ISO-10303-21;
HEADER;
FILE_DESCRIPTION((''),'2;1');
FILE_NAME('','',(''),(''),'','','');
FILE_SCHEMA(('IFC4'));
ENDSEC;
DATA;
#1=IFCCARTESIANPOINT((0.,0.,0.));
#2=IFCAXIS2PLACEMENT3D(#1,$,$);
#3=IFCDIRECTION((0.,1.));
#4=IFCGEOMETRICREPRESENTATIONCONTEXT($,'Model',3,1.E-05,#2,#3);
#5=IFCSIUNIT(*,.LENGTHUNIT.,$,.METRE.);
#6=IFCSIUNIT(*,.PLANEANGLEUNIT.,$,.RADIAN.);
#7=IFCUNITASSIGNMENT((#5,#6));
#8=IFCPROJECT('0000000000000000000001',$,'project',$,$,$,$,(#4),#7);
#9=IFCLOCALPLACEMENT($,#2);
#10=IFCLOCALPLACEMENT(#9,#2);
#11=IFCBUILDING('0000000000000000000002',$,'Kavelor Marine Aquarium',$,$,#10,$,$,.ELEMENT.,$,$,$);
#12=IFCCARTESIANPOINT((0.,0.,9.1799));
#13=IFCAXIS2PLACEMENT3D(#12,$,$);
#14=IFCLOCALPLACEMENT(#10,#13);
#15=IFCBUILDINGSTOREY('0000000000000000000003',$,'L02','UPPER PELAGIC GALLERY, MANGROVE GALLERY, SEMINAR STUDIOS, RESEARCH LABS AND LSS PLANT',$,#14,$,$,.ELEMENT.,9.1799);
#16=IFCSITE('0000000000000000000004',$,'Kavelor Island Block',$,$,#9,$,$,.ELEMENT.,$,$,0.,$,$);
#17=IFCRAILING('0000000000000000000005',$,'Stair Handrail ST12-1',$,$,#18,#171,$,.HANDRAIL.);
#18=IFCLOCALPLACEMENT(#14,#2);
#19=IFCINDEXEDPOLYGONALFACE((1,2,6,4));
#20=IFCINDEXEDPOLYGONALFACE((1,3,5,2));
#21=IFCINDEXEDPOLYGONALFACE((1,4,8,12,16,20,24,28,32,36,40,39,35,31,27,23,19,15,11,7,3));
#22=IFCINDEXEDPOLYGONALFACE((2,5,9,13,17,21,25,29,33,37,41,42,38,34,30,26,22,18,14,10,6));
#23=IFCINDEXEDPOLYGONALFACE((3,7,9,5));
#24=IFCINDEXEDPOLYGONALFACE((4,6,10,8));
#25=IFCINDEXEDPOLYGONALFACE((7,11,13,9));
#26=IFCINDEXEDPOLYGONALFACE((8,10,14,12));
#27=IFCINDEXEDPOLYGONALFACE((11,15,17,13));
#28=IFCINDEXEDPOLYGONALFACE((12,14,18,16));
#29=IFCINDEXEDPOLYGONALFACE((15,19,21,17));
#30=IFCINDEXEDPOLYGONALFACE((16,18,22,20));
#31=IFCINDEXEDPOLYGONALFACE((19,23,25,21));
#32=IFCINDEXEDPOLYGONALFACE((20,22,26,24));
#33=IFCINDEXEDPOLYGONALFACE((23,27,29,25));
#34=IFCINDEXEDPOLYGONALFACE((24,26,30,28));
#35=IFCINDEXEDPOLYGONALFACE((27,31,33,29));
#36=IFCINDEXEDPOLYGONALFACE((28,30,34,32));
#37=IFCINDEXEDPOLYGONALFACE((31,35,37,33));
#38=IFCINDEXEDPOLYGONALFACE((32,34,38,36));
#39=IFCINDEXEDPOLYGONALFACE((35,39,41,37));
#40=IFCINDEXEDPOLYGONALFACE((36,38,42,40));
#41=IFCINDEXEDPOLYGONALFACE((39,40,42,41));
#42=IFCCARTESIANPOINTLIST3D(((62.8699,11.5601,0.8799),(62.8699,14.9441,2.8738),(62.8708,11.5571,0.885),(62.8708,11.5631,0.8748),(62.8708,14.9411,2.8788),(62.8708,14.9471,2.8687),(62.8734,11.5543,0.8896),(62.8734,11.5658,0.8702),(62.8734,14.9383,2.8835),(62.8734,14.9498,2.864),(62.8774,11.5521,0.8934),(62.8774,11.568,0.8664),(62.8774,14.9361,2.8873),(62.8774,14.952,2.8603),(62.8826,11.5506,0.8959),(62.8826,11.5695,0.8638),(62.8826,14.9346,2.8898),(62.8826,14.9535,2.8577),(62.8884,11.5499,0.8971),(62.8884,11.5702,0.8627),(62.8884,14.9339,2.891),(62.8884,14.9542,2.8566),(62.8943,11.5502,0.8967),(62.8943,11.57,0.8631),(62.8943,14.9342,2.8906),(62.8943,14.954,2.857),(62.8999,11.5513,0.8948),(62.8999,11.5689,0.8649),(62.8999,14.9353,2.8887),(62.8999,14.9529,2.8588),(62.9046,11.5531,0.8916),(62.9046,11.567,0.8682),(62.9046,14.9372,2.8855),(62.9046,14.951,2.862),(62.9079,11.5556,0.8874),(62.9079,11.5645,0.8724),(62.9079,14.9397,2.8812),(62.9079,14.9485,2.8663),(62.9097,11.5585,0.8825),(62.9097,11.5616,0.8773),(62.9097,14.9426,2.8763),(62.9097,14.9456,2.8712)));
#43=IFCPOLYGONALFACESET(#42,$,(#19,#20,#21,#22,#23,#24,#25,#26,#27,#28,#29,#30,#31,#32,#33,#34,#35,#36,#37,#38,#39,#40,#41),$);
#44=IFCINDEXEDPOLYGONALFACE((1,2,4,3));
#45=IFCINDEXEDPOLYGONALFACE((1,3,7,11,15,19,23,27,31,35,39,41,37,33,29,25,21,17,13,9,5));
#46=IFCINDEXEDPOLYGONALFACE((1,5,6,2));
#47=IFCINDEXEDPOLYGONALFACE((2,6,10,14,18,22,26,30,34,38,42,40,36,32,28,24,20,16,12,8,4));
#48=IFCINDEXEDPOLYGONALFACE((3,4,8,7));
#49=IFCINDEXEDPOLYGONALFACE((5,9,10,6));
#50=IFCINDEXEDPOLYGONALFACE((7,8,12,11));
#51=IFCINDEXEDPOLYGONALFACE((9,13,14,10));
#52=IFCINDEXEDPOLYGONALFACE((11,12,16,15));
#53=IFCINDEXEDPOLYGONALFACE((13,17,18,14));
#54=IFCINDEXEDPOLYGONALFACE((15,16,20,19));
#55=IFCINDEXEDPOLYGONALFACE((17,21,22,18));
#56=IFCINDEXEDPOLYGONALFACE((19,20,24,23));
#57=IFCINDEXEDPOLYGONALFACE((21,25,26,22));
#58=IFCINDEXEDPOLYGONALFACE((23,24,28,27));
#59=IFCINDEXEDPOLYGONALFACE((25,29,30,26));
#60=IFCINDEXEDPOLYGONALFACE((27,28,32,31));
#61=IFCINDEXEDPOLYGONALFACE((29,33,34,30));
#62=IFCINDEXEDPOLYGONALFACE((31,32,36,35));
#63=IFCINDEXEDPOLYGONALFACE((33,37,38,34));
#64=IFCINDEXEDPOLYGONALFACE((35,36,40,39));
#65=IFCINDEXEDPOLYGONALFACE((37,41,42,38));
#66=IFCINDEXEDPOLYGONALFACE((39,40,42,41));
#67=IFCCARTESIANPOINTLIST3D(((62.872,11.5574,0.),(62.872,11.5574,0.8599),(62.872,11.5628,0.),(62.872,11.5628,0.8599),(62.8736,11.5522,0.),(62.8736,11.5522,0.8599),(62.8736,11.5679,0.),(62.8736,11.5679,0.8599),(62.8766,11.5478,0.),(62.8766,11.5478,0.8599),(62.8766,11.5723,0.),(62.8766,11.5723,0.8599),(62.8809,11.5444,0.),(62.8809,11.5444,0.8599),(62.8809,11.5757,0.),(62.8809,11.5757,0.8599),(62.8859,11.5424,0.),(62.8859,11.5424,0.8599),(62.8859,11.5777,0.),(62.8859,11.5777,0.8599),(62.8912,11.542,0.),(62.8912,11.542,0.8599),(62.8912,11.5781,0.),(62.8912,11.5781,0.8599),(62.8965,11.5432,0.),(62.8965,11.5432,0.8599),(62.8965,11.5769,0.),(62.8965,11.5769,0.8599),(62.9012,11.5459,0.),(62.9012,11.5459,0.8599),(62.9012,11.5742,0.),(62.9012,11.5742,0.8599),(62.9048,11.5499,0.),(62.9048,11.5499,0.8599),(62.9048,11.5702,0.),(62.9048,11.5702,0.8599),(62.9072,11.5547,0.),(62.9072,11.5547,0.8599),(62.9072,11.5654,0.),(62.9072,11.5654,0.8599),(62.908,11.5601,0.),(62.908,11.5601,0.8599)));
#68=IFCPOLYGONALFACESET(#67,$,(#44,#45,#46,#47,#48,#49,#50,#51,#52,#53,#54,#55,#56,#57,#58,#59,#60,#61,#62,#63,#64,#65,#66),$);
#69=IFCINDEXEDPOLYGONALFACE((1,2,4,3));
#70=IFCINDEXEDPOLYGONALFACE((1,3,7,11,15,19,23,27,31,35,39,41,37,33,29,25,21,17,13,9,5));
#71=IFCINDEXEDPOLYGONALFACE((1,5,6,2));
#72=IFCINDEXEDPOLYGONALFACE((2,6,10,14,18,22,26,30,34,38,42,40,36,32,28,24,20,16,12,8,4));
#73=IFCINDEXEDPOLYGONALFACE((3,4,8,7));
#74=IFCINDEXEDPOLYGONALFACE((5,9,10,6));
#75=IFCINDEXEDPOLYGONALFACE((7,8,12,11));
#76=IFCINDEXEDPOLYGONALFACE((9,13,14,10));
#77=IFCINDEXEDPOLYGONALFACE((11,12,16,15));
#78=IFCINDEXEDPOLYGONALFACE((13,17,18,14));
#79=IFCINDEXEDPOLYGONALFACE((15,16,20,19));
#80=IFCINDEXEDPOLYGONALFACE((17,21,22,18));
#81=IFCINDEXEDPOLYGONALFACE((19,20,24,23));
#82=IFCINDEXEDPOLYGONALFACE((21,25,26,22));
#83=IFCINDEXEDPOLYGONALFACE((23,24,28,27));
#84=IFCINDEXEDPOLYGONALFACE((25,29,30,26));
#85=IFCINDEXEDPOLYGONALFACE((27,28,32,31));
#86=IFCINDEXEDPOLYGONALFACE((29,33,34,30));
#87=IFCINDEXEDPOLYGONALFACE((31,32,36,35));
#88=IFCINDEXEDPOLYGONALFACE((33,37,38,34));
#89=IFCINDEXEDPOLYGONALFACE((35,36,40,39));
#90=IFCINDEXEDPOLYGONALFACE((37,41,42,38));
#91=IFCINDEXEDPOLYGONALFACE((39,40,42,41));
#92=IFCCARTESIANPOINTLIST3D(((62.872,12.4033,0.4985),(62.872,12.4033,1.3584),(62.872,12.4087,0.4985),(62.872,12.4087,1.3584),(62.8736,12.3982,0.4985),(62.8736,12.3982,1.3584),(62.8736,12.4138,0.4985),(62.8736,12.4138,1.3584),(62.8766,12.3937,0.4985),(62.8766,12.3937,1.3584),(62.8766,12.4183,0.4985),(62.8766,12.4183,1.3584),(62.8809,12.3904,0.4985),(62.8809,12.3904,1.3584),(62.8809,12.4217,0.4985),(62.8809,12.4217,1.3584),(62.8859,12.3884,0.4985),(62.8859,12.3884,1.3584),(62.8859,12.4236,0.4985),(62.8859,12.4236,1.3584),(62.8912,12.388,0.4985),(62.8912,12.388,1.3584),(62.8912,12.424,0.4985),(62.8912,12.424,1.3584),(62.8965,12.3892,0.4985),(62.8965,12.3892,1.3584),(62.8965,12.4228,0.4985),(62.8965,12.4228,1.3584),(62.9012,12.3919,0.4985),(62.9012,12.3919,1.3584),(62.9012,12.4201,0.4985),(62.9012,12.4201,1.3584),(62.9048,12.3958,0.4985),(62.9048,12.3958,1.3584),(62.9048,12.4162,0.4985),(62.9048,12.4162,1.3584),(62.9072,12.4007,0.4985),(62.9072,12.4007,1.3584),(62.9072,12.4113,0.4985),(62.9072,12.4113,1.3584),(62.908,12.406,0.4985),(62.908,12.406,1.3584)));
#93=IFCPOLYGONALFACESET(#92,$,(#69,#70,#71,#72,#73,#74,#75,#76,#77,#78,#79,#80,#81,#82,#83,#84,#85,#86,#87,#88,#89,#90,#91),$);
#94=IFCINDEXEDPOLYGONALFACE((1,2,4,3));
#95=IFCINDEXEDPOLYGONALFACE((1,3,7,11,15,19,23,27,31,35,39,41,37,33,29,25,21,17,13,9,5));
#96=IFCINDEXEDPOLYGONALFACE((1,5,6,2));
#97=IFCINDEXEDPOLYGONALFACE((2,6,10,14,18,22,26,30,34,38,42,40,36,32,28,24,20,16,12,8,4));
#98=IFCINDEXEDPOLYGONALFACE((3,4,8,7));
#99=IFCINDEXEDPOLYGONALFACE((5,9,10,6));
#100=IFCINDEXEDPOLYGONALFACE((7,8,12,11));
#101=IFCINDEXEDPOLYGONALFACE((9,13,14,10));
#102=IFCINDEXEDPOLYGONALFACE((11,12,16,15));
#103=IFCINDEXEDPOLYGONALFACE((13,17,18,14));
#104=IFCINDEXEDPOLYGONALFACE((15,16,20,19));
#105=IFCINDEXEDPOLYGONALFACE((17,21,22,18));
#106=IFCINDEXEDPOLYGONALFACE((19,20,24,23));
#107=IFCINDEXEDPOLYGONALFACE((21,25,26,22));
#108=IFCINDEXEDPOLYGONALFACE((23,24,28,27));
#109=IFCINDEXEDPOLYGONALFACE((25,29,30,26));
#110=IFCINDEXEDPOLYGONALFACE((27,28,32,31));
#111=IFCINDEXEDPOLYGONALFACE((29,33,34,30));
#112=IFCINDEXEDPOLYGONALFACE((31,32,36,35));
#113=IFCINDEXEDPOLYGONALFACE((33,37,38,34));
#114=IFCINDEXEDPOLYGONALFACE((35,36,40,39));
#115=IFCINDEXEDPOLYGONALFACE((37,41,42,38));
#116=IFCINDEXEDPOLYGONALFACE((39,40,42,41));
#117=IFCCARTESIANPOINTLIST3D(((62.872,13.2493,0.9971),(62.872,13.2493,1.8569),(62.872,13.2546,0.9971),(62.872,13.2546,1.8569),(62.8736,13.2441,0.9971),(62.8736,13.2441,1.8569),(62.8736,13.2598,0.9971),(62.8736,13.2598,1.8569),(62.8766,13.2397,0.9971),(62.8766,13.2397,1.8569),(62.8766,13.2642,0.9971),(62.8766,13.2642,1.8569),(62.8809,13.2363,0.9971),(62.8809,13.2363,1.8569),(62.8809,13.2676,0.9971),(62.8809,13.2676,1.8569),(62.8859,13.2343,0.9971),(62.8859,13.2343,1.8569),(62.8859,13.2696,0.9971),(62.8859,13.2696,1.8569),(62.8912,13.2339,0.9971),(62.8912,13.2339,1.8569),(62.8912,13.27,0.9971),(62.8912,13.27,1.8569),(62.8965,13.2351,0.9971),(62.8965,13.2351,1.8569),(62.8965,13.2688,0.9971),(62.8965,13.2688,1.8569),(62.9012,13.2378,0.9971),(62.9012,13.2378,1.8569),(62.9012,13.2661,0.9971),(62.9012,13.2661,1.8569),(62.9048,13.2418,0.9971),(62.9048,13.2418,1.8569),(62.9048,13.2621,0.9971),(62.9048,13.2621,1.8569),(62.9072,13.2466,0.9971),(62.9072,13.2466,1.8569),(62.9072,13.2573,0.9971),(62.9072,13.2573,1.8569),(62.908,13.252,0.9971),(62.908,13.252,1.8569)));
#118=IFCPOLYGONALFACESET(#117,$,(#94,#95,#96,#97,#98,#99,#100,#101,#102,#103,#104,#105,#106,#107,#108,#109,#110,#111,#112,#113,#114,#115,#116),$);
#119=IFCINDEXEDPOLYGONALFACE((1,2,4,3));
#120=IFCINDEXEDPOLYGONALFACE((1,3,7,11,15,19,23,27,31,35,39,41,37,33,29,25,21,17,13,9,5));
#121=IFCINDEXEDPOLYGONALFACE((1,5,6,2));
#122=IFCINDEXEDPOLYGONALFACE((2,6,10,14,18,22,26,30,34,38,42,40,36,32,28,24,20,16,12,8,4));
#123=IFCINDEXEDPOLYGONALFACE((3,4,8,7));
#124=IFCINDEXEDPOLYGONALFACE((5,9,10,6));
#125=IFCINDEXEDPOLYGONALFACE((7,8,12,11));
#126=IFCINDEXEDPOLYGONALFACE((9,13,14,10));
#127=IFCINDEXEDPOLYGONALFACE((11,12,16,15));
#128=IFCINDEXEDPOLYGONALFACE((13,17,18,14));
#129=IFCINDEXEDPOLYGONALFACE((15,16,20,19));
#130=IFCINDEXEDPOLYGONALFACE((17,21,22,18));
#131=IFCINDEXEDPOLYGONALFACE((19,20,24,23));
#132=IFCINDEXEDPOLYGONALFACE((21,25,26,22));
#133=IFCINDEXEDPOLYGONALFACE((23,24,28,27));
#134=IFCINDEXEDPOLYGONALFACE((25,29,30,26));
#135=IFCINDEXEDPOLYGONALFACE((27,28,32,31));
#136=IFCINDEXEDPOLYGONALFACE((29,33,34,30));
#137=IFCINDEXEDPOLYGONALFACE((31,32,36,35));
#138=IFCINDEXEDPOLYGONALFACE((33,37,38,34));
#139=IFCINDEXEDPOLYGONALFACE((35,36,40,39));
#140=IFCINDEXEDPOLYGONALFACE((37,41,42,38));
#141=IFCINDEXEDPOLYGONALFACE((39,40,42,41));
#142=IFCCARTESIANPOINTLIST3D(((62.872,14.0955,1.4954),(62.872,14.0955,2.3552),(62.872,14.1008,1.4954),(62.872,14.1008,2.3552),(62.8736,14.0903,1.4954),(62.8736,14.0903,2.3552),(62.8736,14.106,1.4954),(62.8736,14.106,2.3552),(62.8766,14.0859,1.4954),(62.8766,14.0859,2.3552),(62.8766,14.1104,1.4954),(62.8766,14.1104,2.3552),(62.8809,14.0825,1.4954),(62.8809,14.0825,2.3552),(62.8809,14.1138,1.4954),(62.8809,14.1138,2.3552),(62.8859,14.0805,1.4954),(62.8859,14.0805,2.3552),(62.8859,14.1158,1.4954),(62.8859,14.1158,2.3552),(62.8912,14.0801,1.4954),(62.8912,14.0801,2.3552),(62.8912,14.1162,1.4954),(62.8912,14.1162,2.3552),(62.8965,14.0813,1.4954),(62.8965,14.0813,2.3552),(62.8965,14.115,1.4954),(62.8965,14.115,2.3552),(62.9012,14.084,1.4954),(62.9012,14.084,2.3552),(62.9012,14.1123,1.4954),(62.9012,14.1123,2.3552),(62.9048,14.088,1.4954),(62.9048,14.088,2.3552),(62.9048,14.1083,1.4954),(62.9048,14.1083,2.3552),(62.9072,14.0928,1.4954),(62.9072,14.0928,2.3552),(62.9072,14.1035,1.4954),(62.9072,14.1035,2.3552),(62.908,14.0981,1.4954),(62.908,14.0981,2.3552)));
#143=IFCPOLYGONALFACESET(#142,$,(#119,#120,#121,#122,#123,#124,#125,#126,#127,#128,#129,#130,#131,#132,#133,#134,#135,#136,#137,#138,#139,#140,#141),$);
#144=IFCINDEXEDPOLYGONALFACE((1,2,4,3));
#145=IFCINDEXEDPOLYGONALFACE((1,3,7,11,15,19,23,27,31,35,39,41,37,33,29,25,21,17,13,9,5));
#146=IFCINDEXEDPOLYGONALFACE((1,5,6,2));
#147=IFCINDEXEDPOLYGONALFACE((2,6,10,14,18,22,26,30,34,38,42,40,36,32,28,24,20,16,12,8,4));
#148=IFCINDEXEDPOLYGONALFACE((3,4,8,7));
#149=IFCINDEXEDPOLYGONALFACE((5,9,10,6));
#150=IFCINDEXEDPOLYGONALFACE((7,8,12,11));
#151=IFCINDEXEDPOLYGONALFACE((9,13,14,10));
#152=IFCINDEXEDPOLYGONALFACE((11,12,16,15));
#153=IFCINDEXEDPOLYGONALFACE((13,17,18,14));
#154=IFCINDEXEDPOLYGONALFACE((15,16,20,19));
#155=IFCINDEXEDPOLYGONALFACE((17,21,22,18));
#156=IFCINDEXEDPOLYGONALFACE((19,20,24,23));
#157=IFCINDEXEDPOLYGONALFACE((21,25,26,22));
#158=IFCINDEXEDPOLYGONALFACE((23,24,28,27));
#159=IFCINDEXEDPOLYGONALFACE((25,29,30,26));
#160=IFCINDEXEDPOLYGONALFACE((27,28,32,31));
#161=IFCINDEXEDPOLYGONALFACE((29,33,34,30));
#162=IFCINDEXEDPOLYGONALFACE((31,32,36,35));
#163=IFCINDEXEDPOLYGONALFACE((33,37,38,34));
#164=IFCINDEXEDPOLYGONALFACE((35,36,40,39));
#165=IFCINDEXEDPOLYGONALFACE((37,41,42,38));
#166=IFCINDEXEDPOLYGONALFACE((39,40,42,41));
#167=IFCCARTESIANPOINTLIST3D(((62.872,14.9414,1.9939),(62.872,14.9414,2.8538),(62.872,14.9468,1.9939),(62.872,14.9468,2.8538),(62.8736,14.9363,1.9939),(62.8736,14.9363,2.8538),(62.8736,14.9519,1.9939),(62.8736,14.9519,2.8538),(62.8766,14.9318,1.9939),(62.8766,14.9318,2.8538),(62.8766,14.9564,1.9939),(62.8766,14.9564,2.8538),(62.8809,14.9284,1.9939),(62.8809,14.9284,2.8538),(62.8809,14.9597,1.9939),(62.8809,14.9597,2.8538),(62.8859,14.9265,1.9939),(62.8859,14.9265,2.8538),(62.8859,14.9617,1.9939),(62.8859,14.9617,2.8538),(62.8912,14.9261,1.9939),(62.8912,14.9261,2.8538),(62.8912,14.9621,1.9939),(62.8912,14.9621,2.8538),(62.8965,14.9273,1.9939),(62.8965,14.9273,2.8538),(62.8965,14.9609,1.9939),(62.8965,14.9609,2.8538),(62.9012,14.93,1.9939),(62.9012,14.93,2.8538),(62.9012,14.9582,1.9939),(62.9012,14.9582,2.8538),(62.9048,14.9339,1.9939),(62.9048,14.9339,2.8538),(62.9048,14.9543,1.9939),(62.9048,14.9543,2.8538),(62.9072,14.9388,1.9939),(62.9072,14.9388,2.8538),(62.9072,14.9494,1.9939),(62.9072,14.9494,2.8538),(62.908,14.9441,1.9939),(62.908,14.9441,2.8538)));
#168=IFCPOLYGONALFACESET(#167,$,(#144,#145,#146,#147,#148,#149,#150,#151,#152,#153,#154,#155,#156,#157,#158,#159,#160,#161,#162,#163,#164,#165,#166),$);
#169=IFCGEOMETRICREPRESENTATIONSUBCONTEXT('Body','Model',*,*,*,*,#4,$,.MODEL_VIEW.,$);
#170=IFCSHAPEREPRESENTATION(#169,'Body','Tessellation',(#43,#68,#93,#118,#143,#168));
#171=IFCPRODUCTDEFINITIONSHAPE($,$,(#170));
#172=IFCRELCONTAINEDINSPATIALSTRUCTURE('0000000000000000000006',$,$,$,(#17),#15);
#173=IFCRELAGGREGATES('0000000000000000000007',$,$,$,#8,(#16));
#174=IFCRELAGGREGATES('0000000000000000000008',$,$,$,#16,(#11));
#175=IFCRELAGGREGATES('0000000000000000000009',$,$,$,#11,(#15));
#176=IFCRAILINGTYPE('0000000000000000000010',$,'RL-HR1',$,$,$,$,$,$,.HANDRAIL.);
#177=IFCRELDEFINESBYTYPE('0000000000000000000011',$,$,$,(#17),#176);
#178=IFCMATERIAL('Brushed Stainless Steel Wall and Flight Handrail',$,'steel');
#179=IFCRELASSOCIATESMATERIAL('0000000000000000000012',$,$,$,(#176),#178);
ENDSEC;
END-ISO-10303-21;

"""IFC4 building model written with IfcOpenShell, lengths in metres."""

from ifc_helpers import new_model, si_unit, direction, frame, origin, origin_2d, place, context, subcontext, project, spatial, circle, extrude, material, type_object, element, save


model = new_model("IFC4")

# Units and contexts
model_context = context("Model", 3, precision=1e-05, world=origin(), true_north=direction((0.0, 1.0)))
body_context = subcontext(model_context, "Body", "Model", "MODEL_VIEW")
ifc_project = project(units=[si_unit("LENGTHUNIT", "METRE"), si_unit("PLANEANGLEUNIT", "RADIAN")], contexts=[model_context])

# Site, building, storey
site_placement = place(None, origin())
site = spatial("IfcSite", under=ifc_project, at=site_placement, Name="Kavelor Island Block", CompositionType="ELEMENT", RefElevation=0.0)
building_placement = place(site_placement, origin())
building = spatial("IfcBuilding", under=site, at=building_placement, Name="Kavelor Marine Aquarium", CompositionType="ELEMENT")
storey_placement = place(building_placement, frame((0.0, 0.0, 9.1799)))
storey = spatial("IfcBuildingStorey", under=building, at=storey_placement, Name="L02", Description="UPPER PELAGIC GALLERY, MANGROVE GALLERY, SEMINAR STUDIOS, RESEARCH LABS AND LSS PLANT", CompositionType="ELEMENT", Elevation=9.1799)

# Railing
ifc_material_1 = material(Name="Brushed Stainless Steel Wall and Flight Handrail", Category="steel")
railing_type_1 = type_object("IfcRailingType", Name="RL-HR1", PredefinedType="HANDRAIL", material=ifc_material_1)
railing_1_placement = place(storey_placement, frame((62.8899, 11.5601, 0.0)))
element("IfcRailing", 1, at=railing_1_placement, inside=storey, type_object=railing_type_1, Name="Stair Handrail ST12-1", PredefinedType="HANDRAIL", context=body_context, shape_type="SweptSolid", body=[
    extrude(circle(Radius=0.02, at=origin_2d()), frame((0.0, 0.0, 0.8799), z_axis=(0.0, 0.861568, 0.507642), x_axis=(-1.0, 0.0, 0.0)), (0.0, 0.0, 1.0), 3.9277),
    extrude(circle(Radius=0.0181, at=origin_2d()), origin(), (0.0, 0.0, 1.0), 0.8599),
    extrude(circle(Radius=0.0181, at=origin_2d()), frame((0.0, 0.8459, 0.4985)), (0.0, 0.0, 1.0), 0.8599),
    extrude(circle(Radius=0.0181, at=origin_2d()), frame((0.0, 1.6919, 0.9971)), (0.0, 0.0, 1.0), 0.8599),
    extrude(circle(Radius=0.0181, at=origin_2d()), frame((0.0, 2.5381, 1.4954)), (0.0, 0.0, 1.0), 0.8599),
    extrude(circle(Radius=0.0181, at=origin_2d()), frame((0.0, 3.384, 1.9939)), (0.0, 0.0, 1.0), 0.8599),
])

save(model, "model.ifc")
